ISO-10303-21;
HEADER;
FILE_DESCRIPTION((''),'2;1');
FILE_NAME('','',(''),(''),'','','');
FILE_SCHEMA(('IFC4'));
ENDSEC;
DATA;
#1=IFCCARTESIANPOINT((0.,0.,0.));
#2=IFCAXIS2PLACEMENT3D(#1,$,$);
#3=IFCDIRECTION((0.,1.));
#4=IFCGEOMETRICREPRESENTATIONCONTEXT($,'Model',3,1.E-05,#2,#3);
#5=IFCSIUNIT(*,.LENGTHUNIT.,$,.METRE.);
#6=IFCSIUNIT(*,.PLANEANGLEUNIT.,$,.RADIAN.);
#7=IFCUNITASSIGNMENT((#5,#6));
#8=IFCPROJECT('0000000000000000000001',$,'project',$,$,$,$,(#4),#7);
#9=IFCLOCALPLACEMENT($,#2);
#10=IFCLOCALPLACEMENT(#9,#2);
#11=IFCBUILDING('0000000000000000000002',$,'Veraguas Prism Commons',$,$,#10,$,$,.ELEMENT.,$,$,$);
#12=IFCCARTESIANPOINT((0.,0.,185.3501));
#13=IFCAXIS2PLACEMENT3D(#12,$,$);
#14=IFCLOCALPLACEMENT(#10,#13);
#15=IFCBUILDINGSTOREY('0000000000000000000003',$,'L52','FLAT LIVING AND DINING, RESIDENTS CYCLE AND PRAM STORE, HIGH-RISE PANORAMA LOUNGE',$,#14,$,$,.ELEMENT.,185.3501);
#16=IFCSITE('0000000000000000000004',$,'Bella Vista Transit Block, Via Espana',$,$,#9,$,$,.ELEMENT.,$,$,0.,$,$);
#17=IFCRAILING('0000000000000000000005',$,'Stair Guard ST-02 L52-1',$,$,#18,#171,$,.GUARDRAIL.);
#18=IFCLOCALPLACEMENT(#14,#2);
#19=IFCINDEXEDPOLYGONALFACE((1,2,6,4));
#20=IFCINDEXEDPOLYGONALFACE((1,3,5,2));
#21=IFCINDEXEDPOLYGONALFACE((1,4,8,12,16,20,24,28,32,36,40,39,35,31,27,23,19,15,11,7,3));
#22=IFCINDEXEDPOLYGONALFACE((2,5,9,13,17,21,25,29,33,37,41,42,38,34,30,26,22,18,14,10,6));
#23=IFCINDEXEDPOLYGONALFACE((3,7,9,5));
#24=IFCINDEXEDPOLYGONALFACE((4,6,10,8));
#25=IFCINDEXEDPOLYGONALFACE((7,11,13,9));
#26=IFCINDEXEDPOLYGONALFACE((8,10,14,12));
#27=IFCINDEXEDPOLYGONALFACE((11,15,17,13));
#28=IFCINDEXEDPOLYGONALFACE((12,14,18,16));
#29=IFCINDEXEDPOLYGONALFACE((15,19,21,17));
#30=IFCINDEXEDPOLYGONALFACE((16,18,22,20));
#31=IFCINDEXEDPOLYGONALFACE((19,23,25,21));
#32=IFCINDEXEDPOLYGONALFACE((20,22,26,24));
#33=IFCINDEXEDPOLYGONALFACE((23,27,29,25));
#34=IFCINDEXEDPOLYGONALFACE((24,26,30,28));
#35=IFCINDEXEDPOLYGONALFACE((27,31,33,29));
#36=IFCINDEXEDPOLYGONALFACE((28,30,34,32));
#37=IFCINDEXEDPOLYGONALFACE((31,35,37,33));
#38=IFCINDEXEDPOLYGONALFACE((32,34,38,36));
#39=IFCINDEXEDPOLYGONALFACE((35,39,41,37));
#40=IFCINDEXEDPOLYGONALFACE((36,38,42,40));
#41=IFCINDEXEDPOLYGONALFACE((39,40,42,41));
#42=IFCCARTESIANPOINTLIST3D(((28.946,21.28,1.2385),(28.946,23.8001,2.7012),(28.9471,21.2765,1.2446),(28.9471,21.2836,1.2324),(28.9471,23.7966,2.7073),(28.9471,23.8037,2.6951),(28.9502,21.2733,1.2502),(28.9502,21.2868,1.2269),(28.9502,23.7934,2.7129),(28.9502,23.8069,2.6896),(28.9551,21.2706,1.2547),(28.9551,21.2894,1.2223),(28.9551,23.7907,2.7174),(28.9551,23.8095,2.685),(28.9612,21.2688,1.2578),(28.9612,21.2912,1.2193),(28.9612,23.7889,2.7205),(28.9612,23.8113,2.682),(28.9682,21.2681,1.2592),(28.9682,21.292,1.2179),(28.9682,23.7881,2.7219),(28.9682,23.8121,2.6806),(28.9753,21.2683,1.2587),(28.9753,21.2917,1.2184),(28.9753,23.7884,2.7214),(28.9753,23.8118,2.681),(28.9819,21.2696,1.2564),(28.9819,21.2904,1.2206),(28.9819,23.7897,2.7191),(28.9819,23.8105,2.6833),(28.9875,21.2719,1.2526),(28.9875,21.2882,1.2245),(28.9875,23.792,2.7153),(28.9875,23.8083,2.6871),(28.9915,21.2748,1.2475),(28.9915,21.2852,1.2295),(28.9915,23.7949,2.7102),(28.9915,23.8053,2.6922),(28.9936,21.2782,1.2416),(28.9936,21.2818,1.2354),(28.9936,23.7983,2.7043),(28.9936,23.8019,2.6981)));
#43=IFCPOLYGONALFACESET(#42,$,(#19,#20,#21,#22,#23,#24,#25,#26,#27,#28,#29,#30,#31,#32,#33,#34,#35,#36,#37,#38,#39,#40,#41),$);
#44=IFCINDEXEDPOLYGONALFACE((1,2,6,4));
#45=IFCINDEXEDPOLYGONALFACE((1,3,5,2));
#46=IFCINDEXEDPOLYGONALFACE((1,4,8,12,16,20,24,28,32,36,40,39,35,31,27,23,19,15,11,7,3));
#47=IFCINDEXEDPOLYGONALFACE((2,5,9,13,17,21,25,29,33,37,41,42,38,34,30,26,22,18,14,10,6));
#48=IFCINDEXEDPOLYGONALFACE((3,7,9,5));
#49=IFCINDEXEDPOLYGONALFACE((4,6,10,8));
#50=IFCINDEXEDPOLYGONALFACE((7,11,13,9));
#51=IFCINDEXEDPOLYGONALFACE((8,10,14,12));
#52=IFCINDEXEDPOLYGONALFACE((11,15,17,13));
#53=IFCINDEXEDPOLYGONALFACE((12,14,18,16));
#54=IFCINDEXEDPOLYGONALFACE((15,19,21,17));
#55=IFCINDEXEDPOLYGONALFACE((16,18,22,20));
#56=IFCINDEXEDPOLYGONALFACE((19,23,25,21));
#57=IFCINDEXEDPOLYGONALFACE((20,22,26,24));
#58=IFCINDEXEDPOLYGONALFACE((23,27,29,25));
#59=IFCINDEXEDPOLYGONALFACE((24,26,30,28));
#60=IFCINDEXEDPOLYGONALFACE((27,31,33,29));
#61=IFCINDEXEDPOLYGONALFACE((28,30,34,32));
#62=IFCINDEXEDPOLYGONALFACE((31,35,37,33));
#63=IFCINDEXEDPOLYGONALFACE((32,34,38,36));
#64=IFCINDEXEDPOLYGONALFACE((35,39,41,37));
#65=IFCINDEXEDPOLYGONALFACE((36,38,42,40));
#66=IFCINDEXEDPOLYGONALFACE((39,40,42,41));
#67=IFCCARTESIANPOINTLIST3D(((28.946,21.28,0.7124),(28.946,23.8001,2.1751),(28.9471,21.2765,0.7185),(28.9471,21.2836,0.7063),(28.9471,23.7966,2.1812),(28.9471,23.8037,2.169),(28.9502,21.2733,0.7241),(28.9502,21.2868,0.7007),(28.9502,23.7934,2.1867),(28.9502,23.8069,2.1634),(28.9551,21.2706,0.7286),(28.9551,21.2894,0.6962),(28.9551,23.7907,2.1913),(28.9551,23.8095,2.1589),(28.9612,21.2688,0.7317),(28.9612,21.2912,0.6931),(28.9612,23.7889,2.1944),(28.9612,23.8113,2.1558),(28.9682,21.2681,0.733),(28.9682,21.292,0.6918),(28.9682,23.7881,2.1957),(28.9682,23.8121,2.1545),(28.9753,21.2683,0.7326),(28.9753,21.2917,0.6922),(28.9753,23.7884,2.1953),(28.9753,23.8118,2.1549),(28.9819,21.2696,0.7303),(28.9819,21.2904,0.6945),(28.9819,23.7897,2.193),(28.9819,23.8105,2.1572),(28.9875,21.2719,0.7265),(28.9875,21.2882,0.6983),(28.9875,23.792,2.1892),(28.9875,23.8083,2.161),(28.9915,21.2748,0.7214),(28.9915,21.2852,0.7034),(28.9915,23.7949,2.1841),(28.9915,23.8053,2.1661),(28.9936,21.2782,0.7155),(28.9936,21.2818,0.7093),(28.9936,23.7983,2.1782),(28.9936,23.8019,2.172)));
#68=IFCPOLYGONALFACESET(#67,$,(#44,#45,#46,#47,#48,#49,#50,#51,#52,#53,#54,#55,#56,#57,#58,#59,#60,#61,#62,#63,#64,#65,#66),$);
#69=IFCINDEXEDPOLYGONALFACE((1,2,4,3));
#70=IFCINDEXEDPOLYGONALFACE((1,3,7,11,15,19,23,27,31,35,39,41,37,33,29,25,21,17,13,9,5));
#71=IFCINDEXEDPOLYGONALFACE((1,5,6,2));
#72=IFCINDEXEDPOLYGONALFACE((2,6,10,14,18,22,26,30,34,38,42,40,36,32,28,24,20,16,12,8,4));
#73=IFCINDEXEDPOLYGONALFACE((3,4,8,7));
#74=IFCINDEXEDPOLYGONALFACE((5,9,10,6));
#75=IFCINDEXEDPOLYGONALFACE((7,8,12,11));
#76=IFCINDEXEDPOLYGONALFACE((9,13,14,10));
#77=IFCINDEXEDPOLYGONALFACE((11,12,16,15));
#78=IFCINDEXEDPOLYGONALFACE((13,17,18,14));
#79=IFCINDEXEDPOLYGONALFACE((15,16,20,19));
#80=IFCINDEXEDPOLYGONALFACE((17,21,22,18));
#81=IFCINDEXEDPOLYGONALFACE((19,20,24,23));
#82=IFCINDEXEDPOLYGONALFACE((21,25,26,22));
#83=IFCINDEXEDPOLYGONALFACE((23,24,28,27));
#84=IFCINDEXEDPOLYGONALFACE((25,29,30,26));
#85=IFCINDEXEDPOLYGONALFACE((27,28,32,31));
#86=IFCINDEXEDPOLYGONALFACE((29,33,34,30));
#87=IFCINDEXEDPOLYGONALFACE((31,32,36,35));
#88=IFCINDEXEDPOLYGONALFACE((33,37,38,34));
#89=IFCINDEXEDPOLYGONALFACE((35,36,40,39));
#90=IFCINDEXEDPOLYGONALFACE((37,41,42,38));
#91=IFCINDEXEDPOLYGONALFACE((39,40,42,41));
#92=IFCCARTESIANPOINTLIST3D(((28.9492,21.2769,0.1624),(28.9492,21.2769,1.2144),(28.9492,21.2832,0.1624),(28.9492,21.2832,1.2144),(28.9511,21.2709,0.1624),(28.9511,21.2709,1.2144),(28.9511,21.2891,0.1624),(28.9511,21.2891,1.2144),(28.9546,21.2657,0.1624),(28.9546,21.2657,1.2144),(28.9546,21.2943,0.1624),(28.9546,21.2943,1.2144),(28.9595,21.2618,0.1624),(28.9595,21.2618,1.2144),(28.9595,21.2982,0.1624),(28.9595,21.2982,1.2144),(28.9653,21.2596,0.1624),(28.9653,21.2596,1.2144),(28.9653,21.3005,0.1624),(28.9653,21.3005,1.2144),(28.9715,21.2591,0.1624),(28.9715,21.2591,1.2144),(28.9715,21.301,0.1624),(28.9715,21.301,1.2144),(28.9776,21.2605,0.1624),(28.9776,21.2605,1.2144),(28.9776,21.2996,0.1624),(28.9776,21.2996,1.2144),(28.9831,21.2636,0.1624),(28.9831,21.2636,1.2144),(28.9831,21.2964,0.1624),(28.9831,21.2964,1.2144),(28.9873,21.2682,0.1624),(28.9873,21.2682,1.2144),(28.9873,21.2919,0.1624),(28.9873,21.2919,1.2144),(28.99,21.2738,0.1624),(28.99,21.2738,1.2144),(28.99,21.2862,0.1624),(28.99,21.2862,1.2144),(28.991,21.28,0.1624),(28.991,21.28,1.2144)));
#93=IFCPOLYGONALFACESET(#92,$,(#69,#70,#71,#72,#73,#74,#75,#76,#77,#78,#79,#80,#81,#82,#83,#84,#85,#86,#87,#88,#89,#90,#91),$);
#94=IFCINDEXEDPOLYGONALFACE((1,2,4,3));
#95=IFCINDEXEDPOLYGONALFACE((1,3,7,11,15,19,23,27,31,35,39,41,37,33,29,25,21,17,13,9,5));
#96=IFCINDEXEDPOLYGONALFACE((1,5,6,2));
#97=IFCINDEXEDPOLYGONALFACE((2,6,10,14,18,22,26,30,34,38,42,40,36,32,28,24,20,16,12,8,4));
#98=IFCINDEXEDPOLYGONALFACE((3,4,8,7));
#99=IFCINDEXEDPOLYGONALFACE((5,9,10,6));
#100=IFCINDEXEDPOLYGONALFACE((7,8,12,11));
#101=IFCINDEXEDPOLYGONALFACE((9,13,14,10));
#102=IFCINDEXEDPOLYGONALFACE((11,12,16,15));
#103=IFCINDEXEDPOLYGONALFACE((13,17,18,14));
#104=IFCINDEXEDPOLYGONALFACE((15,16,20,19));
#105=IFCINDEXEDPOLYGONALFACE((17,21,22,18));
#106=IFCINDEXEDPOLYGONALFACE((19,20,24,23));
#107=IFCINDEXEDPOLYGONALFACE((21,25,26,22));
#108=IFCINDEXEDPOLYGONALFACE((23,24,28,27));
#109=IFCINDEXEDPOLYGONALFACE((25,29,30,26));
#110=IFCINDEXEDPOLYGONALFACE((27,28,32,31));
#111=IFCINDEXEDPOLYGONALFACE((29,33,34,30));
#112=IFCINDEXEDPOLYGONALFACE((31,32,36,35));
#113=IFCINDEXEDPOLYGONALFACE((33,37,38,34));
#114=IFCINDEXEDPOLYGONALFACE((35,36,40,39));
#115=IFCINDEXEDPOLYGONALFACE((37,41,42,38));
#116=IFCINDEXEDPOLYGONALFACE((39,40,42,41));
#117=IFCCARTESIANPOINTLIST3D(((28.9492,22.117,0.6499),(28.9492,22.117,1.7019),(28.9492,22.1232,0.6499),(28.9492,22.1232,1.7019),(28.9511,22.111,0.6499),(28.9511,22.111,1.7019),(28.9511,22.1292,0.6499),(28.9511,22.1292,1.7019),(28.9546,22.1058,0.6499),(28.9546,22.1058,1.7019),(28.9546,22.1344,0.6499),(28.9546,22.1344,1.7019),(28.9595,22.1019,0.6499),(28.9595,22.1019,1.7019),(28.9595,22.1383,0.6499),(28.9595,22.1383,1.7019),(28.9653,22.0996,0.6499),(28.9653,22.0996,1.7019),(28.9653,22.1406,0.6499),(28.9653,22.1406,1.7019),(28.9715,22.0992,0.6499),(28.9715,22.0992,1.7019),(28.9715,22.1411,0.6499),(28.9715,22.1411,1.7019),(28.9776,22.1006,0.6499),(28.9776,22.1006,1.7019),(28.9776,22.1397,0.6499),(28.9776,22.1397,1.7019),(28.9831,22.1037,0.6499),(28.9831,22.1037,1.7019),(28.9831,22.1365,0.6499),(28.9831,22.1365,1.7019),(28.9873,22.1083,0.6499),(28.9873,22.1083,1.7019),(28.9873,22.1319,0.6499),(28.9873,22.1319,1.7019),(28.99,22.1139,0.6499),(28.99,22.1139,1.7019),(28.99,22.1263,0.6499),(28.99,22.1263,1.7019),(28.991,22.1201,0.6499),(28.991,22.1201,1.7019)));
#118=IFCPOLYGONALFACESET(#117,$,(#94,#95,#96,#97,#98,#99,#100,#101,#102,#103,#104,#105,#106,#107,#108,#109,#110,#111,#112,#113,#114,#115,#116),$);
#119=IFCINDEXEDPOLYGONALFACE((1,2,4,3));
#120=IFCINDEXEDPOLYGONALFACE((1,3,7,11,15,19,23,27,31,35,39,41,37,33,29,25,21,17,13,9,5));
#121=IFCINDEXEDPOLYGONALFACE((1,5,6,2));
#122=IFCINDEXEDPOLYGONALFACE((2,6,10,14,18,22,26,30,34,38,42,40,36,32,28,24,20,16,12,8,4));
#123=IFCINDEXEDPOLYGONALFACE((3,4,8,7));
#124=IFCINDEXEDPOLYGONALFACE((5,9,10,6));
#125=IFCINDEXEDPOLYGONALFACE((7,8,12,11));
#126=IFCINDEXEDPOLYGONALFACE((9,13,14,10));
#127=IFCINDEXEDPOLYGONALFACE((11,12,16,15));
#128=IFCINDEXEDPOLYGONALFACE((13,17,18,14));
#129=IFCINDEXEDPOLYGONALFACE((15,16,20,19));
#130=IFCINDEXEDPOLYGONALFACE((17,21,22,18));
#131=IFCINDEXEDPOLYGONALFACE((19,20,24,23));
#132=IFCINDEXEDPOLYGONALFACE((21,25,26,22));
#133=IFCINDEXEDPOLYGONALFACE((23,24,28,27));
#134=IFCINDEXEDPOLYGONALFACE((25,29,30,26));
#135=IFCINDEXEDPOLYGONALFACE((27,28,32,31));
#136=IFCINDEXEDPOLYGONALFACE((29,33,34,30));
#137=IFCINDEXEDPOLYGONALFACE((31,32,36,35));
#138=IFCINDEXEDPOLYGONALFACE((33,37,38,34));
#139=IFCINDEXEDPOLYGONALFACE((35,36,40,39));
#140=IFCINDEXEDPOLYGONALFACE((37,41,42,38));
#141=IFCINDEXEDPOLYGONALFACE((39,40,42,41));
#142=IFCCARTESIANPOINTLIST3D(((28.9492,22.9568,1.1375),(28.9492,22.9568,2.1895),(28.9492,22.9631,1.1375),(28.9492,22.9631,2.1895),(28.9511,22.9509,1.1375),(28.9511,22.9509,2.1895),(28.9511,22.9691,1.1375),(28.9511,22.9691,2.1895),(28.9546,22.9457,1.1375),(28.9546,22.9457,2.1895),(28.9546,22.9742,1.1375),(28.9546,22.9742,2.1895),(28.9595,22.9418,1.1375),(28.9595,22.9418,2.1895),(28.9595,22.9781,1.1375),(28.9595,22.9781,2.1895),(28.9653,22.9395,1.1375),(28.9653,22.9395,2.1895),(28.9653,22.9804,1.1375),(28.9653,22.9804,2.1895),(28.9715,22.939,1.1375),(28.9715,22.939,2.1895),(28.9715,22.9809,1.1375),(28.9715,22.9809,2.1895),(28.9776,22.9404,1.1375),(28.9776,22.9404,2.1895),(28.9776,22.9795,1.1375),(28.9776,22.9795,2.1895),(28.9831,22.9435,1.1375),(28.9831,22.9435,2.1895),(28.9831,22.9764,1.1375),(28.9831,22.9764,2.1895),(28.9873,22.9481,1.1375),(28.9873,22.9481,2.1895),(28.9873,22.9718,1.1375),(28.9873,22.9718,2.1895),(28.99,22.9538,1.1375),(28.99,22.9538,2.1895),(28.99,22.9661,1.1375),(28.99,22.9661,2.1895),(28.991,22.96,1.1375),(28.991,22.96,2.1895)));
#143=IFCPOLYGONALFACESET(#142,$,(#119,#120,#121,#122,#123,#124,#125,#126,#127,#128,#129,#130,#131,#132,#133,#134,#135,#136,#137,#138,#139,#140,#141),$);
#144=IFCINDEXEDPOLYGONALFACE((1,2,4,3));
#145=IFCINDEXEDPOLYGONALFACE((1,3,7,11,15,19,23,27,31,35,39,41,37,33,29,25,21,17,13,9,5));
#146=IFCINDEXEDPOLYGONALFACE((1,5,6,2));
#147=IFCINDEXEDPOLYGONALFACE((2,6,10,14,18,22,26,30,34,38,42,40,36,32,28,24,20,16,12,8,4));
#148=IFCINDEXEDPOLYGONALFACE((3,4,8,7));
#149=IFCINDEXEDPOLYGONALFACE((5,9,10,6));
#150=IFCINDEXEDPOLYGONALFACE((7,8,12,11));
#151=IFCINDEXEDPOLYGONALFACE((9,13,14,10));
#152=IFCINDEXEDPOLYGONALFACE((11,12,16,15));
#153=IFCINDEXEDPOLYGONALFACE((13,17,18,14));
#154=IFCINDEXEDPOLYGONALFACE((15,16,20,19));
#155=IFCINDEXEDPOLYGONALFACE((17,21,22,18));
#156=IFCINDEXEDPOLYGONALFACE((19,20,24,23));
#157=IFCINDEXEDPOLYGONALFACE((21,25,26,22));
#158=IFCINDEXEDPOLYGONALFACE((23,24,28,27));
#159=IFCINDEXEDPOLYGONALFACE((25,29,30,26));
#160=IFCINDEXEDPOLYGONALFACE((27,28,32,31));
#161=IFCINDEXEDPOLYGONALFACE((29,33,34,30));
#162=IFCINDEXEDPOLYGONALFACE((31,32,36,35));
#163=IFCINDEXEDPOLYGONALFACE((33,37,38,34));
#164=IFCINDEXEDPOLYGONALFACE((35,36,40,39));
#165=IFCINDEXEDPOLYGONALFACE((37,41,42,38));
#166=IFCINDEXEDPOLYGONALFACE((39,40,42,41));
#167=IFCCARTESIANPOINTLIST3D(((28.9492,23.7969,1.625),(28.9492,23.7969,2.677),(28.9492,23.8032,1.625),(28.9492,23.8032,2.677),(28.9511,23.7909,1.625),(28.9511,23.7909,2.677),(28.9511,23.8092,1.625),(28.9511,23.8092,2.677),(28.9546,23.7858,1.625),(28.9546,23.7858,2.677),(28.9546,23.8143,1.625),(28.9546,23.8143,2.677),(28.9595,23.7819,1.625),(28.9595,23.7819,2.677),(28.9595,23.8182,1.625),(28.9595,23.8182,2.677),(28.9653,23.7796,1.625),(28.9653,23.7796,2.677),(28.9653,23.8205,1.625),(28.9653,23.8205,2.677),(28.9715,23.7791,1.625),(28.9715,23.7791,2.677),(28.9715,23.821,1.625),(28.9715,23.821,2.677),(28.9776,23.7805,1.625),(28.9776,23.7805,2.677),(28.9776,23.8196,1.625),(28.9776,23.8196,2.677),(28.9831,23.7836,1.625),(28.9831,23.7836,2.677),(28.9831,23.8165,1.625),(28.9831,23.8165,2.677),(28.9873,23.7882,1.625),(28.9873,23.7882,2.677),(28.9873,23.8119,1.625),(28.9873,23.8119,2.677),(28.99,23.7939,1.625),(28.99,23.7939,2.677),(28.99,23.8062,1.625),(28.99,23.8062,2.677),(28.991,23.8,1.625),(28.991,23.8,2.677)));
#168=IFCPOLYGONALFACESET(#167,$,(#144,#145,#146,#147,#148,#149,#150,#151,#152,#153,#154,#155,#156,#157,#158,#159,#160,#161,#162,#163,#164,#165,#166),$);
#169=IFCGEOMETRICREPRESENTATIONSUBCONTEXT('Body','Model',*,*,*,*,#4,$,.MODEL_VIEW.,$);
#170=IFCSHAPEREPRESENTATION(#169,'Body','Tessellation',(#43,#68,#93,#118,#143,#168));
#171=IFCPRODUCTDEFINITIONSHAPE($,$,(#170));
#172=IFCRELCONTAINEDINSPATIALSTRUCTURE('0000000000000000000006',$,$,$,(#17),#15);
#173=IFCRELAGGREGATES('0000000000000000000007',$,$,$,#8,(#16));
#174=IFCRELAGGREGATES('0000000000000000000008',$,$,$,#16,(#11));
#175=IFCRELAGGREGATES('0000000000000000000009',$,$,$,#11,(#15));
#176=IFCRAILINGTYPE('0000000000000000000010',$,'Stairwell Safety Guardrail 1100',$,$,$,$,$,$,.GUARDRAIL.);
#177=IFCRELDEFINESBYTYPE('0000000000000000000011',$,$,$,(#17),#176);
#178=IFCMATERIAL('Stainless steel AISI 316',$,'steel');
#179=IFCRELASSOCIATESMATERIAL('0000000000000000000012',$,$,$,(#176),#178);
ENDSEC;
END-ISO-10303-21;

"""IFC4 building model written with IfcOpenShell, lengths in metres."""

from ifc_helpers import new_model, si_unit, direction, frame, origin, origin_2d, place, context, subcontext, project, spatial, circle, extrude, material, type_object, element, save


model = new_model("IFC4")

# Units and contexts
model_context = context("Model", 3, precision=1e-05, world=origin(), true_north=direction((0.0, 1.0)))
body_context = subcontext(model_context, "Body", "Model", "MODEL_VIEW")
ifc_project = project(units=[si_unit("LENGTHUNIT", "METRE"), si_unit("PLANEANGLEUNIT", "RADIAN")], contexts=[model_context])

# Site, building, storey
site_placement = place(None, origin())
site = spatial("IfcSite", under=ifc_project, at=site_placement, Name="Bella Vista Transit Block, Via Espana", CompositionType="ELEMENT", RefElevation=0.0)
building_placement = place(site_placement, origin())
building = spatial("IfcBuilding", under=site, at=building_placement, Name="Veraguas Prism Commons", CompositionType="ELEMENT")
storey_placement = place(building_placement, frame((0.0, 0.0, 185.3501)))
storey = spatial("IfcBuildingStorey", under=building, at=storey_placement, Name="L52", Description="FLAT LIVING AND DINING, RESIDENTS CYCLE AND PRAM STORE, HIGH-RISE PANORAMA LOUNGE", CompositionType="ELEMENT", Elevation=185.3501)

# Railing
ifc_material_1 = material(Name="Stainless steel AISI 316", Category="steel")
railing_type_1 = type_object("IfcRailingType", Name="Stairwell Safety Guardrail 1100", PredefinedType="GUARDRAIL", material=ifc_material_1)
railing_1_placement = place(storey_placement, frame((28.97, 21.28, 0.1624)))
element("IfcRailing", 1, at=railing_1_placement, inside=storey, type_object=railing_type_1, Name="Stair Guard ST-02 L52-1", PredefinedType="GUARDRAIL", context=body_context, shape_type="SweptSolid", body=[
    extrude(circle(Radius=0.0239, at=origin_2d()), frame((0.0, 0.0, 1.0762), z_axis=(0.0, 0.864877, 0.501984), x_axis=(-1.0, 0.0, 0.0)), (0.0, 0.0, 1.0), 2.9138),
    extrude(circle(Radius=0.0239, at=origin_2d()), frame((0.0, 0.0, 0.55), z_axis=(0.0, 0.864877, 0.501984), x_axis=(-1.0, 0.0, 0.0)), (0.0, 0.0, 1.0), 2.9138),
    extrude(circle(Radius=0.021, at=origin_2d()), origin(), (0.0, 0.0, 1.0), 1.052),
    extrude(circle(Radius=0.021, at=origin_2d()), frame((0.0, 0.8401, 0.4875)), (0.0, 0.0, 1.0), 1.052),
    extrude(circle(Radius=0.021, at=origin_2d()), frame((0.0, 1.6799, 0.9751)), (0.0, 0.0, 1.0), 1.052),
    extrude(circle(Radius=0.021, at=origin_2d()), frame((0.0, 2.52, 1.4626)), (0.0, 0.0, 1.0), 1.052),
])

save(model, "model.ifc")
